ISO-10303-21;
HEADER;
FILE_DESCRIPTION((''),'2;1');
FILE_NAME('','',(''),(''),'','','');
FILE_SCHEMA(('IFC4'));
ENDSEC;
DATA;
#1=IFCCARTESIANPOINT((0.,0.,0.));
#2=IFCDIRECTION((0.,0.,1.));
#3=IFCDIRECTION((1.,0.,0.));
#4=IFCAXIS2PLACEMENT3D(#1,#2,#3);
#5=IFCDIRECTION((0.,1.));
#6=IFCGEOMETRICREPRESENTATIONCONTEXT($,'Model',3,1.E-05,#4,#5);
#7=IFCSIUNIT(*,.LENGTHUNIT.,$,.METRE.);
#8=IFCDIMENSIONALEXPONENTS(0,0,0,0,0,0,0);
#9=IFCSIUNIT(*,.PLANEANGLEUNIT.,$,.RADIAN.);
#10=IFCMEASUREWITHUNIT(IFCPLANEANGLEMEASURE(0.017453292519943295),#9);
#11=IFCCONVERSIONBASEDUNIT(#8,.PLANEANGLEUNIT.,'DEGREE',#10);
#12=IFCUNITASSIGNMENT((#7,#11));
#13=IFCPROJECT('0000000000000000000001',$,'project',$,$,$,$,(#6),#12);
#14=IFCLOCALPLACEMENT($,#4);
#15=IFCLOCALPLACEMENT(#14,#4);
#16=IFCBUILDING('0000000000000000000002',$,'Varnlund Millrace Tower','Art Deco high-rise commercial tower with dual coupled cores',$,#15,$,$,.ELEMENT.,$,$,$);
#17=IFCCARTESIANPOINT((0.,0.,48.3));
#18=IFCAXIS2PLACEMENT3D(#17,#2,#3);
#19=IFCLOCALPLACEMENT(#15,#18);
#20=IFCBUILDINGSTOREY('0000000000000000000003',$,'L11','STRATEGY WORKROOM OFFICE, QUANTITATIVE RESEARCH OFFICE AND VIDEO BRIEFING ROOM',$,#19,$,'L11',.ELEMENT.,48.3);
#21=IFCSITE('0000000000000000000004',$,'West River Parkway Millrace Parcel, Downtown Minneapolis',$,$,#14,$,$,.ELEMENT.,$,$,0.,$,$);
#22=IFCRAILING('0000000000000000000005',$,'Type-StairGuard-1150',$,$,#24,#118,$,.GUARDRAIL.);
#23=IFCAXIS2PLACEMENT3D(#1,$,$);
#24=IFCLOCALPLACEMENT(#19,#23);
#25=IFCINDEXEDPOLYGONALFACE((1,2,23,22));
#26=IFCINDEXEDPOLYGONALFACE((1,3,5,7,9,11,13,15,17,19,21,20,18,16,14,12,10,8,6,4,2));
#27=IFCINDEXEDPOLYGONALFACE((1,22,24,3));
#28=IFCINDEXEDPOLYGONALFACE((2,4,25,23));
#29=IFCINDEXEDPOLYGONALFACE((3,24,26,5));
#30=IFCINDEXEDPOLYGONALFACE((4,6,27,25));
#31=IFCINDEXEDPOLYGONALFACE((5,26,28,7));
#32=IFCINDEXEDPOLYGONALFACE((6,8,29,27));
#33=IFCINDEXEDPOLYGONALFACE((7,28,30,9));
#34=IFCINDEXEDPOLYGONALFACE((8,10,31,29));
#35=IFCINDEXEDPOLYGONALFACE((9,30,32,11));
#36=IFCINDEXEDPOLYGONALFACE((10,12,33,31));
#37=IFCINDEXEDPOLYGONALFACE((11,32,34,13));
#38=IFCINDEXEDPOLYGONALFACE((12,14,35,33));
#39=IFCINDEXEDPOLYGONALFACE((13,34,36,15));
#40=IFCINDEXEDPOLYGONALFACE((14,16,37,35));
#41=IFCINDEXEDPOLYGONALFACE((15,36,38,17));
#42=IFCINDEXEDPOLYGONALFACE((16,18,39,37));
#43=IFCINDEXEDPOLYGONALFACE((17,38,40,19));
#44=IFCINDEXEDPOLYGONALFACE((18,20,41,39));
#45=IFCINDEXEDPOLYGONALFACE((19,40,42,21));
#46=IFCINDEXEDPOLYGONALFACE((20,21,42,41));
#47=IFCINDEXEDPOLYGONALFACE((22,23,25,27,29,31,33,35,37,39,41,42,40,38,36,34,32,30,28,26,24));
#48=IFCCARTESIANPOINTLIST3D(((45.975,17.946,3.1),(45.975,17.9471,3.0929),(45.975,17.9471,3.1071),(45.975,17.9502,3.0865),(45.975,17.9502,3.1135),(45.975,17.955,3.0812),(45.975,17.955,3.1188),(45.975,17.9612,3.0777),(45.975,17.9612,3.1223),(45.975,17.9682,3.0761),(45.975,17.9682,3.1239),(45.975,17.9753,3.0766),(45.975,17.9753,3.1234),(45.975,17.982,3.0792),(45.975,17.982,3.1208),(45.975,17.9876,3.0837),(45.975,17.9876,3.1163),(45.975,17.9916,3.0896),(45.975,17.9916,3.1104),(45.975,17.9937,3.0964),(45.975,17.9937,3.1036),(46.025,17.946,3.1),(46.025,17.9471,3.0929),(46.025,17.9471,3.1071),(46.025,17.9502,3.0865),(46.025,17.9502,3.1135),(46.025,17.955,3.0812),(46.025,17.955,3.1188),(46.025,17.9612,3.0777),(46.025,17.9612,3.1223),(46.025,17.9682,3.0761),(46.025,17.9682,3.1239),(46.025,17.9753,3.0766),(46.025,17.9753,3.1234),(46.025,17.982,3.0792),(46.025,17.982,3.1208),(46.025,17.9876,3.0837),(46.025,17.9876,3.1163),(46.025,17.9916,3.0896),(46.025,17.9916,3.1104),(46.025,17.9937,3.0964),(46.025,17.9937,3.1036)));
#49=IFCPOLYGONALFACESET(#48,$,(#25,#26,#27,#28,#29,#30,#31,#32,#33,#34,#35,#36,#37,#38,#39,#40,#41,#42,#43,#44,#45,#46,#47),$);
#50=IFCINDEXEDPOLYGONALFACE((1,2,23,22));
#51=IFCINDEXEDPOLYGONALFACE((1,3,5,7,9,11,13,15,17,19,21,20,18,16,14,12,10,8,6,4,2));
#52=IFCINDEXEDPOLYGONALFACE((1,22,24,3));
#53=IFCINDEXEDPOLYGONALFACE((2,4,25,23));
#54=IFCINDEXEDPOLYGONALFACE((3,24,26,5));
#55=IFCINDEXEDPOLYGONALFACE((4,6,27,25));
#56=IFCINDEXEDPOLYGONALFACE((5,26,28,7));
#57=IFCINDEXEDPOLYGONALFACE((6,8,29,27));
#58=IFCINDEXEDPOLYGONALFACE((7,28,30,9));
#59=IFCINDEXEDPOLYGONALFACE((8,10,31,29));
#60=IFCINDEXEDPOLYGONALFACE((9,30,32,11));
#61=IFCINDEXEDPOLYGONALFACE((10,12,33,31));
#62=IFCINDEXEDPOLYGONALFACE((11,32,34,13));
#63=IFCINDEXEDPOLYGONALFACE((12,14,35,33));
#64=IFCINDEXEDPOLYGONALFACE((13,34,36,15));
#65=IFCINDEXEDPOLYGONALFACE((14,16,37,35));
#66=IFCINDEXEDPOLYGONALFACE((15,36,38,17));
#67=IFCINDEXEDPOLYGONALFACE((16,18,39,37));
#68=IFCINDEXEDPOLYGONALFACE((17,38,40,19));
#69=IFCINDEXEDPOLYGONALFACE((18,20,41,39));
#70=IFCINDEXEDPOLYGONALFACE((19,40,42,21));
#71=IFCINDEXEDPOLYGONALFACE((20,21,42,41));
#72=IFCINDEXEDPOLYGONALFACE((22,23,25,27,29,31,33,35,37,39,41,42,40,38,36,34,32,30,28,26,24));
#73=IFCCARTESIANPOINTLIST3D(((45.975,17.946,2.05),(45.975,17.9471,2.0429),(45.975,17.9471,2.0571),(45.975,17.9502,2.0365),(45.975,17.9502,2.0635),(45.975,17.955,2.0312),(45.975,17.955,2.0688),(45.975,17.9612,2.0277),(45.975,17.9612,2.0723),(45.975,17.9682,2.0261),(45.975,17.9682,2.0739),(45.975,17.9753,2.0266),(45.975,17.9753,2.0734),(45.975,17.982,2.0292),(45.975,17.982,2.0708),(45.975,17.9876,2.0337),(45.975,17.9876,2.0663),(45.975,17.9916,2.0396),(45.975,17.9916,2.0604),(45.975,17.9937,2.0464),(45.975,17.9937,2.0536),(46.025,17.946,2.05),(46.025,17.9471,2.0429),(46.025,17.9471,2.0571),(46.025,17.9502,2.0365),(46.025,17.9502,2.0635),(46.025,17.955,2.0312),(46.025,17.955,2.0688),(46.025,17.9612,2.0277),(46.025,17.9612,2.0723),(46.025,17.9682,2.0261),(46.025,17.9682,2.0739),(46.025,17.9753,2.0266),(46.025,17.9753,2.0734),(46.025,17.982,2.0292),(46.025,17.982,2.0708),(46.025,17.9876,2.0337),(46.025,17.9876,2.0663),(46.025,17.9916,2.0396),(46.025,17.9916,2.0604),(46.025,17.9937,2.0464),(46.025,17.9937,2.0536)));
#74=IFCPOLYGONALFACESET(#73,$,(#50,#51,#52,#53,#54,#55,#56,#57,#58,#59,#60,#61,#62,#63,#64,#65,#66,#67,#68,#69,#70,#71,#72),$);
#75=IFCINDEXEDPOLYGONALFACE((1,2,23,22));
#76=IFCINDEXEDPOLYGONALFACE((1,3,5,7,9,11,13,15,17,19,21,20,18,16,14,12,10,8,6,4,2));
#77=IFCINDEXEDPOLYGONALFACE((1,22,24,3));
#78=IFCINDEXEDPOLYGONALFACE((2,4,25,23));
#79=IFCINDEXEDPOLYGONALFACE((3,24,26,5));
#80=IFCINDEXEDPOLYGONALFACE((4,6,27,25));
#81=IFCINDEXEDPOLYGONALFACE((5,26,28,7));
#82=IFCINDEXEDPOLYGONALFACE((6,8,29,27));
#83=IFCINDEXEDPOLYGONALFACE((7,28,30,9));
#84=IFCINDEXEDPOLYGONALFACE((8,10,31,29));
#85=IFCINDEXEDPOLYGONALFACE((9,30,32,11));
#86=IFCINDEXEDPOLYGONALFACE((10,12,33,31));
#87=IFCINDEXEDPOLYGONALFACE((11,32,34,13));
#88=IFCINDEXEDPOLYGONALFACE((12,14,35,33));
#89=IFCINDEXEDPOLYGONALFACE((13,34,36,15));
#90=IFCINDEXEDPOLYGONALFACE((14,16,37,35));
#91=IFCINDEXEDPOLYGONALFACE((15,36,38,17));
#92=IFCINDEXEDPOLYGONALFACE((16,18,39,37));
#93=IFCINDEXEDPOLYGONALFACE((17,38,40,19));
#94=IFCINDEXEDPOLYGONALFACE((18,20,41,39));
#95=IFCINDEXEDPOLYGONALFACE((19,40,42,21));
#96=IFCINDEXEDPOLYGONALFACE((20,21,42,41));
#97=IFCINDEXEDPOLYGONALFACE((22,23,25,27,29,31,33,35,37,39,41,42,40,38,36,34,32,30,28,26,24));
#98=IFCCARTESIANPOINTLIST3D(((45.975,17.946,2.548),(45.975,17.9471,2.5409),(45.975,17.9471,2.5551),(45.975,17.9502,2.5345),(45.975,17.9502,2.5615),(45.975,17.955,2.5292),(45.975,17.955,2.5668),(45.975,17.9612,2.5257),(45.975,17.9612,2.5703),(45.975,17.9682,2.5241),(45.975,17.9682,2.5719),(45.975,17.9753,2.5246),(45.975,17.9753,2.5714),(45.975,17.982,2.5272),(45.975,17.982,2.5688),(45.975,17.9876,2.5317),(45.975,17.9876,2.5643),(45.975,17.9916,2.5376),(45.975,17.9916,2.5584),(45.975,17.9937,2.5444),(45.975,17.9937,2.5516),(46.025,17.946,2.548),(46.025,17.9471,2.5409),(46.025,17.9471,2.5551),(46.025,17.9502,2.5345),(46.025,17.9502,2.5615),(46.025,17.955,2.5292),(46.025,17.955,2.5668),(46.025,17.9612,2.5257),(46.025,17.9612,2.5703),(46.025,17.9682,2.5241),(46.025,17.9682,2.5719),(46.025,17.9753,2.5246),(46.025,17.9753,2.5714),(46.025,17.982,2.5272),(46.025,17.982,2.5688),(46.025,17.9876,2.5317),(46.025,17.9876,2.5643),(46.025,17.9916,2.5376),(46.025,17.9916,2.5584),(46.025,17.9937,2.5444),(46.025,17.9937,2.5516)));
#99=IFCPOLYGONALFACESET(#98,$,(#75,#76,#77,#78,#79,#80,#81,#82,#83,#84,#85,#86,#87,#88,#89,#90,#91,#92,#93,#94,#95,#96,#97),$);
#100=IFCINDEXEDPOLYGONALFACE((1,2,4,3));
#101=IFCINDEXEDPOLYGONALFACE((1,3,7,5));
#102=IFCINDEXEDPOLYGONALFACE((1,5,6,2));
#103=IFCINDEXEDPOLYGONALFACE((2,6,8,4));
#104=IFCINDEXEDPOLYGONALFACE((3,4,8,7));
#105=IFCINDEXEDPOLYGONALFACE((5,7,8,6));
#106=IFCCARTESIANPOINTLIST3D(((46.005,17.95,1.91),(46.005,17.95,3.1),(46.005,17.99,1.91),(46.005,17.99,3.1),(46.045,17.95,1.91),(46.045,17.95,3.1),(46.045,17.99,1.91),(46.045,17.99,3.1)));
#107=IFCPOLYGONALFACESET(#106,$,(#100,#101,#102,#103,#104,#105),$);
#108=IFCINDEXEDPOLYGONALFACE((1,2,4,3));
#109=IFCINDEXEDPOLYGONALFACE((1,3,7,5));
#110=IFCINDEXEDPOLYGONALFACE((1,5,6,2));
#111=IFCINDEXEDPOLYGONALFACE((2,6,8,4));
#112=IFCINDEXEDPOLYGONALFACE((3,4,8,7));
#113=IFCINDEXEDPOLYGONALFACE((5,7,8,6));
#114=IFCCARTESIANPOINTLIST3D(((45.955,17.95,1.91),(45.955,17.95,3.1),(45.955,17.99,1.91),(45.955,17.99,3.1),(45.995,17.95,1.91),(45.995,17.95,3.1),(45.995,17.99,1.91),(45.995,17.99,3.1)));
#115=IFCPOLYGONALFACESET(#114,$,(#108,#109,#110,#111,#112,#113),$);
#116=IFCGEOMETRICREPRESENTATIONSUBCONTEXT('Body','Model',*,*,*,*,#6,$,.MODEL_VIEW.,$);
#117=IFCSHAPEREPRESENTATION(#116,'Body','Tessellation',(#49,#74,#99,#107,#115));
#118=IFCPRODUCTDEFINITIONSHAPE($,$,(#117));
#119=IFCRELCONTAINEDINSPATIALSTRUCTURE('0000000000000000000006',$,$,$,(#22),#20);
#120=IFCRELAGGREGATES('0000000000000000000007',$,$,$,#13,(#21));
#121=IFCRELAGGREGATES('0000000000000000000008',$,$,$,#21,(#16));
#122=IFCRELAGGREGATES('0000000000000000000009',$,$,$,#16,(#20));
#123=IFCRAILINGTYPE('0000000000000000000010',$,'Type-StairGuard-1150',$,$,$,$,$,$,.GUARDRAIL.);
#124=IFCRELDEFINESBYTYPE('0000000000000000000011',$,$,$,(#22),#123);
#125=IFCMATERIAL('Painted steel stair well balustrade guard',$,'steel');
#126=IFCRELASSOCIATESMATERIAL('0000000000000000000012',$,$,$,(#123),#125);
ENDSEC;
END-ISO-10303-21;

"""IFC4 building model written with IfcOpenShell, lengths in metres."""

from ifc_helpers import new_model, entity, si_unit, converted_unit, direction, frame, origin_with_axes, origin_2d_with_axis, place, context, subcontext, project, spatial, rectangle, circle, extrude, material, type_object, element, save


model = new_model("IFC4")

# Units and contexts
model_context = context("Model", 3, precision=1e-05, world=origin_with_axes(), true_north=direction((0.0, 1.0)))
body_context = subcontext(model_context, "Body", "Model", "MODEL_VIEW")
ifc_project = project(units=[si_unit("LENGTHUNIT", "METRE"), converted_unit("PLANEANGLEUNIT", "DEGREE", entity("IfcPlaneAngleMeasure", 0.017453292519943295), si_unit("PLANEANGLEUNIT", "RADIAN"), dimensions=[0, 0, 0, 0, 0, 0, 0])], contexts=[model_context])

# Site, building, storey
site_placement = place(None, origin_with_axes())
site = spatial("IfcSite", under=ifc_project, at=site_placement, Name="West River Parkway Millrace Parcel, Downtown Minneapolis", CompositionType="ELEMENT", RefElevation=0.0)
building_placement = place(site_placement, origin_with_axes())
building = spatial("IfcBuilding", under=site, at=building_placement, Name="Varnlund Millrace Tower", Description="Art Deco high-rise commercial tower with dual coupled cores", CompositionType="ELEMENT")
storey_placement = place(building_placement, frame((0.0, 0.0, 48.3), z_axis=(0.0, 0.0, 1.0), x_axis=(1.0, 0.0, 0.0)))
storey = spatial("IfcBuildingStorey", under=building, at=storey_placement, Name="L11", Description="STRATEGY WORKROOM OFFICE, QUANTITATIVE RESEARCH OFFICE AND VIDEO BRIEFING ROOM", LongName="L11", CompositionType="ELEMENT", Elevation=48.3)

# Railing
ifc_material_1 = material(Name="Painted steel stair well balustrade guard", Category="steel")
railing_type_1 = type_object("IfcRailingType", Name="Type-StairGuard-1150", PredefinedType="GUARDRAIL", material=ifc_material_1)
railing_1_placement = place(storey_placement, frame((0.0, 0.0, -48.3), z_axis=(0.0, 0.0, 1.0), x_axis=(1.0, 0.0, 0.0)))
element("IfcRailing", 1, at=railing_1_placement, inside=storey, type_object=railing_type_1, Name="Type-StairGuard-1150", PredefinedType="GUARDRAIL", context=body_context, shape_type="SweptSolid", body=[
    extrude(circle(Radius=0.024, at=origin_2d_with_axis()), frame((46.025, 17.97, 51.4), z_axis=(-1.0, 0.0, 0.0), x_axis=(0.0, -1.0, 0.0)), (0.0, 0.0, 1.0), 0.05),
    extrude(circle(Radius=0.024, at=origin_2d_with_axis()), frame((46.025, 17.97, 50.35), z_axis=(-1.0, 0.0, 0.0), x_axis=(0.0, -1.0, 0.0)), (0.0, 0.0, 1.0), 0.05),
    extrude(circle(Radius=0.024, at=origin_2d_with_axis()), frame((46.025, 17.97, 50.848), z_axis=(-1.0, 0.0, 0.0), x_axis=(0.0, -1.0, 0.0)), (0.0, 0.0, 1.0), 0.05),
    extrude(rectangle(XDim=0.04, YDim=0.04, at=origin_2d_with_axis()), frame((46.025, 17.97, 50.21), z_axis=(0.0, 0.0, 1.0), x_axis=(1.0, 0.0, 0.0)), (0.0, 0.0, 1.0), 1.19),
    extrude(rectangle(XDim=0.04, YDim=0.04, at=origin_2d_with_axis()), frame((45.975, 17.97, 50.21), z_axis=(0.0, 0.0, 1.0), x_axis=(1.0, 0.0, 0.0)), (0.0, 0.0, 1.0), 1.19),
])

save(model, "model.ifc")
